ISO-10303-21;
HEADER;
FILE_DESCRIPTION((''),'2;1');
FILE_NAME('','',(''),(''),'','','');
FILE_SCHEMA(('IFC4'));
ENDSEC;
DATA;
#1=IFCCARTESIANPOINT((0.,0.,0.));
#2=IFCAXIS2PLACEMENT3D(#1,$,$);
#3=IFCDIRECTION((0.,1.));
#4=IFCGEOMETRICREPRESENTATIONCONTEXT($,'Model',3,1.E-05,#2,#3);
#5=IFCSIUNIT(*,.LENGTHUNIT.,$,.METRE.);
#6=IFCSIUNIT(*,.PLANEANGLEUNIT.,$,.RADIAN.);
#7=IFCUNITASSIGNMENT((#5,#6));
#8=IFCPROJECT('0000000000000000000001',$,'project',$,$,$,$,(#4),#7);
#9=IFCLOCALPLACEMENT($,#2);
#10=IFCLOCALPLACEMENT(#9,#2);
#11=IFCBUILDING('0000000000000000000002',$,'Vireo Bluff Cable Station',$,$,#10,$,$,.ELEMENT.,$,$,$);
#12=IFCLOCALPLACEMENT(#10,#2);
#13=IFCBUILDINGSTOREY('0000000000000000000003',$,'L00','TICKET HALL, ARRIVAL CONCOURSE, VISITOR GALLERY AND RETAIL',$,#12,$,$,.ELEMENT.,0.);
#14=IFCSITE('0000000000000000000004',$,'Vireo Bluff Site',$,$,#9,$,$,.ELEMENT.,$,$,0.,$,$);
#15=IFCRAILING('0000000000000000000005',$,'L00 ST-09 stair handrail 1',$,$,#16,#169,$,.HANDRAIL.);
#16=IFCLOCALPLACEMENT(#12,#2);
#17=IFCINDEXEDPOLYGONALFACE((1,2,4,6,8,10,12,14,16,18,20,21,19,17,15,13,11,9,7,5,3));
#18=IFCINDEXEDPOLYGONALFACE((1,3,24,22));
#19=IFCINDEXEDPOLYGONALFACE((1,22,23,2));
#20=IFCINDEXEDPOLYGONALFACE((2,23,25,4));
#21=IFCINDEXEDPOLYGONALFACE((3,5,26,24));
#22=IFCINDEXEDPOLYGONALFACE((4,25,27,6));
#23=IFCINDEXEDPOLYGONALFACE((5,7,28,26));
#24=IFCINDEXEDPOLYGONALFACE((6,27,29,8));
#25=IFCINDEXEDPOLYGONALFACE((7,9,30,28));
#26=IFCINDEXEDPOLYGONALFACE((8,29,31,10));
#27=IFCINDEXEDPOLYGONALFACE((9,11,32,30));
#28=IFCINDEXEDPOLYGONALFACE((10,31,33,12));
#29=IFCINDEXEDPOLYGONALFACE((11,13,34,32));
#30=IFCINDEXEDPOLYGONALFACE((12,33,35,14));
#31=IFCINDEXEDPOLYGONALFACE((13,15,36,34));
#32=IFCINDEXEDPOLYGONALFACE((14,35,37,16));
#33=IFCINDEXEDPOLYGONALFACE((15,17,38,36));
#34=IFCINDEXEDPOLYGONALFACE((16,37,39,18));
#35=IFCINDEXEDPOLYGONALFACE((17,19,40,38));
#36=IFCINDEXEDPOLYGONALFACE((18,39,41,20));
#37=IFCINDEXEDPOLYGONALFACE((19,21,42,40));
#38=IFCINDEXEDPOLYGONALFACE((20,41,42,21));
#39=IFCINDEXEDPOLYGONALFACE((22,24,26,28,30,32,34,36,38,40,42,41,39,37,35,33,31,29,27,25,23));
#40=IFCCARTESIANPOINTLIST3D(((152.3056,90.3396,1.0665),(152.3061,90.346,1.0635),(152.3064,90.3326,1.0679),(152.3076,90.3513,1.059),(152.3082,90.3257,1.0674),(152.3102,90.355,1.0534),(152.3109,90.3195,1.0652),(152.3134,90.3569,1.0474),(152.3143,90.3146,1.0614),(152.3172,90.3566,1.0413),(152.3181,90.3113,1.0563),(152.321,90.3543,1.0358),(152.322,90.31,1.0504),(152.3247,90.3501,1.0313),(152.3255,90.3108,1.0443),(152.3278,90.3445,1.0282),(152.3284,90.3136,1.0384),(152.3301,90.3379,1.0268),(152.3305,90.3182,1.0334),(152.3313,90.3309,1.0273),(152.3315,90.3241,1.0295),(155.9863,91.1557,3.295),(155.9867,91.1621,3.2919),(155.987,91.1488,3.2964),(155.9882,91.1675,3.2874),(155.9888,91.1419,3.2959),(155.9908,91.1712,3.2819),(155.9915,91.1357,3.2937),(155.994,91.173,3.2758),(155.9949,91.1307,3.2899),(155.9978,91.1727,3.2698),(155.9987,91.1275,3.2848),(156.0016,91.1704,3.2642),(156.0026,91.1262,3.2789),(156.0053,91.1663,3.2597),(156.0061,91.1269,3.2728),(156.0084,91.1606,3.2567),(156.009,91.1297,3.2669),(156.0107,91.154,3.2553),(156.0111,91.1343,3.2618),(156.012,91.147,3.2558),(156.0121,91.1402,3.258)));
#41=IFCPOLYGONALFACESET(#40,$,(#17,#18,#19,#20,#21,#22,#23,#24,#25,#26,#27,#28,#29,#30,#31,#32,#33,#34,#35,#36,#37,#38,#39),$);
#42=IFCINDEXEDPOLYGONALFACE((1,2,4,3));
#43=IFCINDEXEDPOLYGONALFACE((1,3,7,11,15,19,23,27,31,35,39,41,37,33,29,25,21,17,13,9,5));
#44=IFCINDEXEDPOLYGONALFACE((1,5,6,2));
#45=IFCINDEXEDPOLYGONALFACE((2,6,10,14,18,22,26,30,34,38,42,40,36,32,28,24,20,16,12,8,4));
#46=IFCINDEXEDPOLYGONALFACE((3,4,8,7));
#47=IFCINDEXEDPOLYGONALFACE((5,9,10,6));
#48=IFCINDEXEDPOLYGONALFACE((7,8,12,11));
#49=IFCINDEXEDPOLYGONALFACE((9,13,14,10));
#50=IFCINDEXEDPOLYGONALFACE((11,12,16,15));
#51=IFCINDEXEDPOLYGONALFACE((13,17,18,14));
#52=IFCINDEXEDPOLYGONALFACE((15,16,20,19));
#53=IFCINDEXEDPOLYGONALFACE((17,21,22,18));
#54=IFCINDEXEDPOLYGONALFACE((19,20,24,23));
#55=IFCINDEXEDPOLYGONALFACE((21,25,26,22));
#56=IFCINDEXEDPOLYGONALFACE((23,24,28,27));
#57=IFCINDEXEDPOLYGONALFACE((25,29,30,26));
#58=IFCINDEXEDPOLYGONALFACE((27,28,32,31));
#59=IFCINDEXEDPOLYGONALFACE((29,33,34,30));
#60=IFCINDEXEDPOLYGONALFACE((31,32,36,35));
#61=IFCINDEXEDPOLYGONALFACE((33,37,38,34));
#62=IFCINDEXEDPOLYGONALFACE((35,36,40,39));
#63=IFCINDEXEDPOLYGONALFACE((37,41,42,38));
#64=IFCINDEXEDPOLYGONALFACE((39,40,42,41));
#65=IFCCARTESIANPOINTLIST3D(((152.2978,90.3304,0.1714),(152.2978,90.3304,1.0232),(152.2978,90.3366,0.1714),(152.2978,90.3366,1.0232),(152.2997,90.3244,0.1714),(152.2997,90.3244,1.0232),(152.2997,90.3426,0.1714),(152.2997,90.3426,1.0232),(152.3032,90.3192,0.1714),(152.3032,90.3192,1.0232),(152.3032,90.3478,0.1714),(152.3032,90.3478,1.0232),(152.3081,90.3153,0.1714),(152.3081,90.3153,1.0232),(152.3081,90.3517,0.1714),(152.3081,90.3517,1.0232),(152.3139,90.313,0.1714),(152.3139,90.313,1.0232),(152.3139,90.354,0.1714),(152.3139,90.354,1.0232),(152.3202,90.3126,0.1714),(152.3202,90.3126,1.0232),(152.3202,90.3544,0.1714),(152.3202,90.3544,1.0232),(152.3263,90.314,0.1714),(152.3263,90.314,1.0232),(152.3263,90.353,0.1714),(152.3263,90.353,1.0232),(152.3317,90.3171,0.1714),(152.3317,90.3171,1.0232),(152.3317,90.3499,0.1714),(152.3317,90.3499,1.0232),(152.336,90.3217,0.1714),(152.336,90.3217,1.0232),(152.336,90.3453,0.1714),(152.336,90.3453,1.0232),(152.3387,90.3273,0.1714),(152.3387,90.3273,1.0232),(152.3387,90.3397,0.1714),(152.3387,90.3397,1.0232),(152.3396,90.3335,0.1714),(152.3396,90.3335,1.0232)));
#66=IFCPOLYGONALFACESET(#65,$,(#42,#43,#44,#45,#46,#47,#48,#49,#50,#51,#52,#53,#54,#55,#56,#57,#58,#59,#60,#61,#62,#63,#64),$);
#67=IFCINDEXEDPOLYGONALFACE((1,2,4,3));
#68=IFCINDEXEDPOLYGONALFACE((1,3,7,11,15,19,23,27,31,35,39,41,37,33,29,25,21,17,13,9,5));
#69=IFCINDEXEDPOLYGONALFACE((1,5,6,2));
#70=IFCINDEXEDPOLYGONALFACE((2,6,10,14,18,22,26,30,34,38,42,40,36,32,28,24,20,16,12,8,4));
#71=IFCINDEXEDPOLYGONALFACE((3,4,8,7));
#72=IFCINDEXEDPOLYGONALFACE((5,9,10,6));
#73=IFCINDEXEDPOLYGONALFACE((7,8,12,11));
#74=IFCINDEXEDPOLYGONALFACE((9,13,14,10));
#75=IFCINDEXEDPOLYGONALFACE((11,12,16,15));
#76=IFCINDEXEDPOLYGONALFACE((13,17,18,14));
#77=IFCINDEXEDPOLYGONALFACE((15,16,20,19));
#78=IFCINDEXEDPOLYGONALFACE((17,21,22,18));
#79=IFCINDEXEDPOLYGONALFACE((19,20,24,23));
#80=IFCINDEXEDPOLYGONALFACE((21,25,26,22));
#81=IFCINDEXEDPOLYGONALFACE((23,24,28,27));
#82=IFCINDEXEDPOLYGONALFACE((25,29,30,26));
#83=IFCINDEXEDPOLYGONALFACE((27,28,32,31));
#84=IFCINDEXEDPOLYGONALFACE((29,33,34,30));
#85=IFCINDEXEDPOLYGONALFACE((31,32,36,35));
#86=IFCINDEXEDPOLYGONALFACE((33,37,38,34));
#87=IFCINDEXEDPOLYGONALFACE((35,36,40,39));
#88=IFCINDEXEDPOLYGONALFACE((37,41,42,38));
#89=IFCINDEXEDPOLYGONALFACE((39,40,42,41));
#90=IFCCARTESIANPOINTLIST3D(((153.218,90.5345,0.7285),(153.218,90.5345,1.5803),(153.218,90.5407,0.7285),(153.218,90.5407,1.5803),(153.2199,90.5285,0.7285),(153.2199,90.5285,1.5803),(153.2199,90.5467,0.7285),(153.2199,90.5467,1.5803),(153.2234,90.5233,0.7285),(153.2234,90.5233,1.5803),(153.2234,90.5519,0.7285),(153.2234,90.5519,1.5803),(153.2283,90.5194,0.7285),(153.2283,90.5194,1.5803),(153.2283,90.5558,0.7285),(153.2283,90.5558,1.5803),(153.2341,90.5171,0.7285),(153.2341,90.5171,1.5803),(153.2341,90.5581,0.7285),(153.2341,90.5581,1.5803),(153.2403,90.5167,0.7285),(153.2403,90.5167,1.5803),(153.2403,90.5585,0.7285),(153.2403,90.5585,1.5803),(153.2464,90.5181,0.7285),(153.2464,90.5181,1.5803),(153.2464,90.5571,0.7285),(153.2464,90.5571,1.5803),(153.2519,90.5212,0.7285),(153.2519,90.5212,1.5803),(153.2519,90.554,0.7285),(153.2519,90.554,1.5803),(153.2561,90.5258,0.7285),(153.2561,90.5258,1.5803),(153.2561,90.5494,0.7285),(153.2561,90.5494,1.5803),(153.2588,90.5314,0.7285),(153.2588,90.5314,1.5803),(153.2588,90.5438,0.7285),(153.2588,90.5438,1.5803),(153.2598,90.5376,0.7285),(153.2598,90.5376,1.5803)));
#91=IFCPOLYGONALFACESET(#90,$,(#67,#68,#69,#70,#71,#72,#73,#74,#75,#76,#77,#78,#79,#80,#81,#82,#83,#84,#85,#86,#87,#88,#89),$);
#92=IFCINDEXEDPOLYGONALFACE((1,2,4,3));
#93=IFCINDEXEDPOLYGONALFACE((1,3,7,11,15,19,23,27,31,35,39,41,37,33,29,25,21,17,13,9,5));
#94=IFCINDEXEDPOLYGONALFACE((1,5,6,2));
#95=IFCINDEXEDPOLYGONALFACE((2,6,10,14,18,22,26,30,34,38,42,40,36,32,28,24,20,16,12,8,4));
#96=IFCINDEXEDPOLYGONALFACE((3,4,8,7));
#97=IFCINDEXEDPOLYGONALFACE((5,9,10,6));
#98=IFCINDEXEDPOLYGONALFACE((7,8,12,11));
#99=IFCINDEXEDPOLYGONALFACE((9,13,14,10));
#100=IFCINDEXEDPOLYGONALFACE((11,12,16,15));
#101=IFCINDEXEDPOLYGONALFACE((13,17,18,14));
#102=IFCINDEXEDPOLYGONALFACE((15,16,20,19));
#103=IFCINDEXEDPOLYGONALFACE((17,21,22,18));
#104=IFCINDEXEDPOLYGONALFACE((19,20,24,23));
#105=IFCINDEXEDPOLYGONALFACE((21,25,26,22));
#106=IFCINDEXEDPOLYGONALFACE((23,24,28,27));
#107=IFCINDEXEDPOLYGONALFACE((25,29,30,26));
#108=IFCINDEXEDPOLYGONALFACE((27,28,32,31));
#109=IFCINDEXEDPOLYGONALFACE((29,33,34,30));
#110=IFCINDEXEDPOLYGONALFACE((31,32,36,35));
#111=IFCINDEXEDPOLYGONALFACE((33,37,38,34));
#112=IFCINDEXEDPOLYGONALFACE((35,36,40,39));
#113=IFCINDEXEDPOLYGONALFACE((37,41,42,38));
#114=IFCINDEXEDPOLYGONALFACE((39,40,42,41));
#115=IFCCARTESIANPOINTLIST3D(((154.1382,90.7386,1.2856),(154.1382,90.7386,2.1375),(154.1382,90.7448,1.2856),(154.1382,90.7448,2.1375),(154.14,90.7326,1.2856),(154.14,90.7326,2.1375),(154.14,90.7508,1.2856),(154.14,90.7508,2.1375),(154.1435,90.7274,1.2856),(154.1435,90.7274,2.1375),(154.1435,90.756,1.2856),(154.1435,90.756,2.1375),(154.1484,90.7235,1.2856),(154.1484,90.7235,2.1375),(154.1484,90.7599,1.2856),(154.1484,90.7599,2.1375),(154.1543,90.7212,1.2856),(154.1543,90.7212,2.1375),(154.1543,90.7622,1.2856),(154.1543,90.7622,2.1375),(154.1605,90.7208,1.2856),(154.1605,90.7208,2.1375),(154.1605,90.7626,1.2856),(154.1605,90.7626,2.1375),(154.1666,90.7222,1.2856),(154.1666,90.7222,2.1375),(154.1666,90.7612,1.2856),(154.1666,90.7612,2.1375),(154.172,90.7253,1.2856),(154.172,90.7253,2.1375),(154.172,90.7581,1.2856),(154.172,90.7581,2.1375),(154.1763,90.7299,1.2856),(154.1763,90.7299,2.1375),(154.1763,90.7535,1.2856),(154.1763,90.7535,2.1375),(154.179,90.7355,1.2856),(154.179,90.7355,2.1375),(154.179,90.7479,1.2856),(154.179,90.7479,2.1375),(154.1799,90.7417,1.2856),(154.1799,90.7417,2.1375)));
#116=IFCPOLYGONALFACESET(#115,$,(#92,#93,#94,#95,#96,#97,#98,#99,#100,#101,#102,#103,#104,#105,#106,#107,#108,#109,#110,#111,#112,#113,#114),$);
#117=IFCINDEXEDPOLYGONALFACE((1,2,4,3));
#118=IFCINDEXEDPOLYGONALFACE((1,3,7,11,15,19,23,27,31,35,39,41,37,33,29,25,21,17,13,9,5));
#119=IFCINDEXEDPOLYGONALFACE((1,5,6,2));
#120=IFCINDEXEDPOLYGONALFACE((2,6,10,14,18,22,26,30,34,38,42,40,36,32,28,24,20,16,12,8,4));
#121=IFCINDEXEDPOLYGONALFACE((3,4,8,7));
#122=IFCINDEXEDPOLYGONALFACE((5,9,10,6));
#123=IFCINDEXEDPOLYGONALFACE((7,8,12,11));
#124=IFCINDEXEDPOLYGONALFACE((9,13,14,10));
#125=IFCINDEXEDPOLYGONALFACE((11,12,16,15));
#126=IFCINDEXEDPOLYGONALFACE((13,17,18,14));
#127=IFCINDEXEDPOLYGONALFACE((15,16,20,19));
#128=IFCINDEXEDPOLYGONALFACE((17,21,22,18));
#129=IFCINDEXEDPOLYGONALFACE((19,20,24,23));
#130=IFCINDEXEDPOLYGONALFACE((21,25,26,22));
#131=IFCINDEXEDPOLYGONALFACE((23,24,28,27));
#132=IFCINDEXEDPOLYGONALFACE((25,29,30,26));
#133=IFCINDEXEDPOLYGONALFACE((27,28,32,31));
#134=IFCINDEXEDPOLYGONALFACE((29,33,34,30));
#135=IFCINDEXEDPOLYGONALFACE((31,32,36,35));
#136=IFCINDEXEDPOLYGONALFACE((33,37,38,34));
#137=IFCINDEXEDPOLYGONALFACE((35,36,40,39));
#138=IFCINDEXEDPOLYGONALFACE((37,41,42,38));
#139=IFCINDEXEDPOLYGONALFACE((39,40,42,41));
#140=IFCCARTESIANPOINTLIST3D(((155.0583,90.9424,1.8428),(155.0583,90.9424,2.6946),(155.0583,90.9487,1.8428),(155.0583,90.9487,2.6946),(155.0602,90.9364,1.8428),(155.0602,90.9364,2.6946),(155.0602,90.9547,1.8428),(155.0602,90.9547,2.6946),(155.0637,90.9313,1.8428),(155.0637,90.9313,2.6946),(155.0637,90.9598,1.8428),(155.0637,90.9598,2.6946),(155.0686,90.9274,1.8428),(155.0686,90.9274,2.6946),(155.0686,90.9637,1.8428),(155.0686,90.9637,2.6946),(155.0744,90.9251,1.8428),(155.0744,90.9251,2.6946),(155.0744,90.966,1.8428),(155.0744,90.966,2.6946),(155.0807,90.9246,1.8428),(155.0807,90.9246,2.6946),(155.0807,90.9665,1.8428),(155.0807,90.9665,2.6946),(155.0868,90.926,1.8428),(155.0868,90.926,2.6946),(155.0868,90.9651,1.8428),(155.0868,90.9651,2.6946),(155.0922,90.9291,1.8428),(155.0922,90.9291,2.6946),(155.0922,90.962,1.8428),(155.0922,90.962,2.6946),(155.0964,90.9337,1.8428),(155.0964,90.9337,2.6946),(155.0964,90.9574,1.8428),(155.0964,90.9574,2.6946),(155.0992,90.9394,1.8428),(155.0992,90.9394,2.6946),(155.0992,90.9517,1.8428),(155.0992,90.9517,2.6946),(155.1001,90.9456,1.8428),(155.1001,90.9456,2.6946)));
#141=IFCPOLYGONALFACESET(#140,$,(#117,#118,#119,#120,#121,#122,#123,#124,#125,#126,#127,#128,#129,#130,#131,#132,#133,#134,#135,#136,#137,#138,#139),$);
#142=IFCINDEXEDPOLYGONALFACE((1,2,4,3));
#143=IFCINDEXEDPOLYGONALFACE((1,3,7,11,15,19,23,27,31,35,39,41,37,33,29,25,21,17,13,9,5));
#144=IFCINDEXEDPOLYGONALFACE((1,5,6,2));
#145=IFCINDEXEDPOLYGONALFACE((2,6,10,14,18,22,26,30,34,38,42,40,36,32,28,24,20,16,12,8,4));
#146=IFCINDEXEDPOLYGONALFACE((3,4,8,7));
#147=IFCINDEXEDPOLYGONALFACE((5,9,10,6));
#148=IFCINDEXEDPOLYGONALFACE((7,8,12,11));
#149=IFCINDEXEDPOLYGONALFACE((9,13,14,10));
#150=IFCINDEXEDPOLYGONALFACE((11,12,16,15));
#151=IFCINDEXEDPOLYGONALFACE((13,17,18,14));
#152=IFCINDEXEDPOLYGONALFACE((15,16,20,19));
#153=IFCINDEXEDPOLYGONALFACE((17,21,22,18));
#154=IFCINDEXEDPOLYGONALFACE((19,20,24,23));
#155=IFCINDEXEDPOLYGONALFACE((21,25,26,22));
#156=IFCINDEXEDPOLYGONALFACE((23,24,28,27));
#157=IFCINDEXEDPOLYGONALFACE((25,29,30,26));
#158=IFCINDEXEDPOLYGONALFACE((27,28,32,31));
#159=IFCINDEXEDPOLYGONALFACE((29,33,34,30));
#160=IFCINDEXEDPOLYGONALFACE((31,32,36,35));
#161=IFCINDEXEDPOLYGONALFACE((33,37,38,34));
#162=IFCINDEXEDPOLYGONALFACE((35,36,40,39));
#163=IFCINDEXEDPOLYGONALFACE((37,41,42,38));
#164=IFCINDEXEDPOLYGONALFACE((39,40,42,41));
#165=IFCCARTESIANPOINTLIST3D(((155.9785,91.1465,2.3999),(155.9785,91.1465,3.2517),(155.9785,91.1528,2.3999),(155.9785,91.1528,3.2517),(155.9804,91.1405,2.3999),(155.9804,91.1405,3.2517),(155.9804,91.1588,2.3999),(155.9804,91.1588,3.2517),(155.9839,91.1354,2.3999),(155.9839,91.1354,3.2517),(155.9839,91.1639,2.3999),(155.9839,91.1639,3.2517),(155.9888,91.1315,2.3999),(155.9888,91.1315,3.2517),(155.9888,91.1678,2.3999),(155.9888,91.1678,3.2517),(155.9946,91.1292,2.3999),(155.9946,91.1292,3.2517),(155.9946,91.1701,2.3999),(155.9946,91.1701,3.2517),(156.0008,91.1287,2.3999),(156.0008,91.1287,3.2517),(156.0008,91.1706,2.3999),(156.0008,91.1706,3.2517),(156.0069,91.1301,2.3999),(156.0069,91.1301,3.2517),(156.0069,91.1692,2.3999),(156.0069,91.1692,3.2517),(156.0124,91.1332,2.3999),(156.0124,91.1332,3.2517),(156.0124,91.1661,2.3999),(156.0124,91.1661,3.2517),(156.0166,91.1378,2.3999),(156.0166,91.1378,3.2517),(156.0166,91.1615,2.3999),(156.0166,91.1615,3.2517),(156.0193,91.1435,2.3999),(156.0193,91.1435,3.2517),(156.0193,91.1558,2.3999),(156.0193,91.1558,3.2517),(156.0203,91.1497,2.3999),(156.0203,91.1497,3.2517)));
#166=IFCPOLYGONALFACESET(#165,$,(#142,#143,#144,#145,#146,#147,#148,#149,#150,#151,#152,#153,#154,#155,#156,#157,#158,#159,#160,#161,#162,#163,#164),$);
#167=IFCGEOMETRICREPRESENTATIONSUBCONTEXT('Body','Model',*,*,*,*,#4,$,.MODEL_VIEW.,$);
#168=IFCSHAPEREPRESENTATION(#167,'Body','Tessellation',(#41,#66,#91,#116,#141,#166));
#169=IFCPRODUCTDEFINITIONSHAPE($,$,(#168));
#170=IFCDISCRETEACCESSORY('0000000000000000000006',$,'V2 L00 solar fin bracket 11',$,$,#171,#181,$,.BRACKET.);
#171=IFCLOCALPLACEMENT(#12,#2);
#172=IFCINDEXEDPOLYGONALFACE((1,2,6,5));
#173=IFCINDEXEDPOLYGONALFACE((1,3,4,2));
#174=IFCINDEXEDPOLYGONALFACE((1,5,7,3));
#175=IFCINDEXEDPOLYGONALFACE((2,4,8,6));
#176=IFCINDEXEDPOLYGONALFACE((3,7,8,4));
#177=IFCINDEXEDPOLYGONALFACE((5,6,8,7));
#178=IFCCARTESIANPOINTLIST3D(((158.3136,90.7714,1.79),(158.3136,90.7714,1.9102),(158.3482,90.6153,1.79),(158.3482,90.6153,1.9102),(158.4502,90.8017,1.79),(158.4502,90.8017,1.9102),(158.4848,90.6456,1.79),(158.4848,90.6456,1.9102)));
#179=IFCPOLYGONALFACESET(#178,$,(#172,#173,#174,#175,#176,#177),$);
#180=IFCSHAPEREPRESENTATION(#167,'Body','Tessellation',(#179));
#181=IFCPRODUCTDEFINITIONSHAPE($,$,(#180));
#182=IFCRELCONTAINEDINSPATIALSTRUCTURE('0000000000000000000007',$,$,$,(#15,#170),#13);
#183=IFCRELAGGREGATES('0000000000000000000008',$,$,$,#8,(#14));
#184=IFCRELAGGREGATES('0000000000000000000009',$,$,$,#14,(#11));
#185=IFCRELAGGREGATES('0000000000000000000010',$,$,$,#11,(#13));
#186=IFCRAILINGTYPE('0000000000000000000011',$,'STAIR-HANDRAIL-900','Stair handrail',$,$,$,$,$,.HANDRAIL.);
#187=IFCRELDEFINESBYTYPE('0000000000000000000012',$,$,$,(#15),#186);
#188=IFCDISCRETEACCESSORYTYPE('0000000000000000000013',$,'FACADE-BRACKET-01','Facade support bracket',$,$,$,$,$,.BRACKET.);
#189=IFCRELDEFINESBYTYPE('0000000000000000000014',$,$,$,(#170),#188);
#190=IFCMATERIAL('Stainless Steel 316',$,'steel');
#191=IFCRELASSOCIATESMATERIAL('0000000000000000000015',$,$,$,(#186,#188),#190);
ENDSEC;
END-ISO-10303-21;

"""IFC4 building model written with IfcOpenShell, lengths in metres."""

from ifc_helpers import new_model, si_unit, direction, frame, origin, origin_2d, place, context, subcontext, project, spatial, rectangle, circle, extrude, material, type_object, element, save


model = new_model("IFC4")

# Units and contexts
model_context = context("Model", 3, precision=1e-05, world=origin(), true_north=direction((0.0, 1.0)))
body_context = subcontext(model_context, "Body", "Model", "MODEL_VIEW")
ifc_project = project(units=[si_unit("LENGTHUNIT", "METRE"), si_unit("PLANEANGLEUNIT", "RADIAN")], contexts=[model_context])

# Site, building, storey
site_placement = place(None, origin())
site = spatial("IfcSite", under=ifc_project, at=site_placement, Name="Vireo Bluff Site", CompositionType="ELEMENT", RefElevation=0.0)
building_placement = place(site_placement, origin())
building = spatial("IfcBuilding", under=site, at=building_placement, Name="Vireo Bluff Cable Station", CompositionType="ELEMENT")
storey_placement = place(building_placement, origin())
storey = spatial("IfcBuildingStorey", under=building, at=storey_placement, Name="L00", Description="TICKET HALL, ARRIVAL CONCOURSE, VISITOR GALLERY AND RETAIL", CompositionType="ELEMENT", Elevation=0.0)

# Railing
ifc_material_1 = material(Name="Stainless Steel 316", Category="steel")
railing_type_1 = type_object("IfcRailingType", Name="STAIR-HANDRAIL-900", Description="Stair handrail", PredefinedType="HANDRAIL", material=ifc_material_1)
railing_1_placement = place(storey_placement, frame((152.3186, 90.3335, 0.1714)))
element("IfcRailing", 1, at=railing_1_placement, inside=storey, type_object=railing_type_1, Name="L00 ST-09 stair handrail 1", PredefinedType="HANDRAIL", context=body_context, shape_type="SweptSolid", body=[
    extrude(circle(Radius=0.0239, at=origin_2d()), frame((0.0, 0.0, 0.876), z_axis=(0.840437, 0.186361, 0.508856), x_axis=(-0.216485, 0.976286, 0.0)), (0.0, 0.0, 1.0), 4.3794),
    extrude(circle(Radius=0.021, at=origin_2d()), origin(), (0.0, 0.0, 1.0), 0.8518),
    extrude(circle(Radius=0.021, at=origin_2d()), frame((0.9202, 0.2041, 0.5571)), (0.0, 0.0, 1.0), 0.8518),
    extrude(circle(Radius=0.021, at=origin_2d()), frame((1.8403, 0.4082, 1.1143)), (0.0, 0.0, 1.0), 0.8518),
    extrude(circle(Radius=0.021, at=origin_2d()), frame((2.7605, 0.6121, 1.6714)), (0.0, 0.0, 1.0), 0.8518),
    extrude(circle(Radius=0.021, at=origin_2d()), frame((3.6807, 0.8162, 2.2285)), (0.0, 0.0, 1.0), 0.8518),
])

# Discrete accessory
discrete_accessory_type = type_object("IfcDiscreteAccessoryType", Name="FACADE-BRACKET-01", Description="Facade support bracket", PredefinedType="BRACKET", material=ifc_material_1)
discrete_accessory_placement = place(storey_placement, frame((158.3992, 90.7085, 1.79), z_axis=(0.0, 0.0, 1.0), x_axis=(-0.976296, -0.21644, 0.0)))
element("IfcDiscreteAccessory", 2, at=discrete_accessory_placement, inside=storey, type_object=discrete_accessory_type, Name="V2 L00 solar fin bracket 11", PredefinedType="BRACKET", context=body_context, shape_type="SweptSolid", body=[
    extrude(rectangle(XDim=0.1399, YDim=0.1599, at=origin_2d()), origin(), (0.0, 0.0, 1.0), 0.1201),
])

save(model, "model.ifc")
